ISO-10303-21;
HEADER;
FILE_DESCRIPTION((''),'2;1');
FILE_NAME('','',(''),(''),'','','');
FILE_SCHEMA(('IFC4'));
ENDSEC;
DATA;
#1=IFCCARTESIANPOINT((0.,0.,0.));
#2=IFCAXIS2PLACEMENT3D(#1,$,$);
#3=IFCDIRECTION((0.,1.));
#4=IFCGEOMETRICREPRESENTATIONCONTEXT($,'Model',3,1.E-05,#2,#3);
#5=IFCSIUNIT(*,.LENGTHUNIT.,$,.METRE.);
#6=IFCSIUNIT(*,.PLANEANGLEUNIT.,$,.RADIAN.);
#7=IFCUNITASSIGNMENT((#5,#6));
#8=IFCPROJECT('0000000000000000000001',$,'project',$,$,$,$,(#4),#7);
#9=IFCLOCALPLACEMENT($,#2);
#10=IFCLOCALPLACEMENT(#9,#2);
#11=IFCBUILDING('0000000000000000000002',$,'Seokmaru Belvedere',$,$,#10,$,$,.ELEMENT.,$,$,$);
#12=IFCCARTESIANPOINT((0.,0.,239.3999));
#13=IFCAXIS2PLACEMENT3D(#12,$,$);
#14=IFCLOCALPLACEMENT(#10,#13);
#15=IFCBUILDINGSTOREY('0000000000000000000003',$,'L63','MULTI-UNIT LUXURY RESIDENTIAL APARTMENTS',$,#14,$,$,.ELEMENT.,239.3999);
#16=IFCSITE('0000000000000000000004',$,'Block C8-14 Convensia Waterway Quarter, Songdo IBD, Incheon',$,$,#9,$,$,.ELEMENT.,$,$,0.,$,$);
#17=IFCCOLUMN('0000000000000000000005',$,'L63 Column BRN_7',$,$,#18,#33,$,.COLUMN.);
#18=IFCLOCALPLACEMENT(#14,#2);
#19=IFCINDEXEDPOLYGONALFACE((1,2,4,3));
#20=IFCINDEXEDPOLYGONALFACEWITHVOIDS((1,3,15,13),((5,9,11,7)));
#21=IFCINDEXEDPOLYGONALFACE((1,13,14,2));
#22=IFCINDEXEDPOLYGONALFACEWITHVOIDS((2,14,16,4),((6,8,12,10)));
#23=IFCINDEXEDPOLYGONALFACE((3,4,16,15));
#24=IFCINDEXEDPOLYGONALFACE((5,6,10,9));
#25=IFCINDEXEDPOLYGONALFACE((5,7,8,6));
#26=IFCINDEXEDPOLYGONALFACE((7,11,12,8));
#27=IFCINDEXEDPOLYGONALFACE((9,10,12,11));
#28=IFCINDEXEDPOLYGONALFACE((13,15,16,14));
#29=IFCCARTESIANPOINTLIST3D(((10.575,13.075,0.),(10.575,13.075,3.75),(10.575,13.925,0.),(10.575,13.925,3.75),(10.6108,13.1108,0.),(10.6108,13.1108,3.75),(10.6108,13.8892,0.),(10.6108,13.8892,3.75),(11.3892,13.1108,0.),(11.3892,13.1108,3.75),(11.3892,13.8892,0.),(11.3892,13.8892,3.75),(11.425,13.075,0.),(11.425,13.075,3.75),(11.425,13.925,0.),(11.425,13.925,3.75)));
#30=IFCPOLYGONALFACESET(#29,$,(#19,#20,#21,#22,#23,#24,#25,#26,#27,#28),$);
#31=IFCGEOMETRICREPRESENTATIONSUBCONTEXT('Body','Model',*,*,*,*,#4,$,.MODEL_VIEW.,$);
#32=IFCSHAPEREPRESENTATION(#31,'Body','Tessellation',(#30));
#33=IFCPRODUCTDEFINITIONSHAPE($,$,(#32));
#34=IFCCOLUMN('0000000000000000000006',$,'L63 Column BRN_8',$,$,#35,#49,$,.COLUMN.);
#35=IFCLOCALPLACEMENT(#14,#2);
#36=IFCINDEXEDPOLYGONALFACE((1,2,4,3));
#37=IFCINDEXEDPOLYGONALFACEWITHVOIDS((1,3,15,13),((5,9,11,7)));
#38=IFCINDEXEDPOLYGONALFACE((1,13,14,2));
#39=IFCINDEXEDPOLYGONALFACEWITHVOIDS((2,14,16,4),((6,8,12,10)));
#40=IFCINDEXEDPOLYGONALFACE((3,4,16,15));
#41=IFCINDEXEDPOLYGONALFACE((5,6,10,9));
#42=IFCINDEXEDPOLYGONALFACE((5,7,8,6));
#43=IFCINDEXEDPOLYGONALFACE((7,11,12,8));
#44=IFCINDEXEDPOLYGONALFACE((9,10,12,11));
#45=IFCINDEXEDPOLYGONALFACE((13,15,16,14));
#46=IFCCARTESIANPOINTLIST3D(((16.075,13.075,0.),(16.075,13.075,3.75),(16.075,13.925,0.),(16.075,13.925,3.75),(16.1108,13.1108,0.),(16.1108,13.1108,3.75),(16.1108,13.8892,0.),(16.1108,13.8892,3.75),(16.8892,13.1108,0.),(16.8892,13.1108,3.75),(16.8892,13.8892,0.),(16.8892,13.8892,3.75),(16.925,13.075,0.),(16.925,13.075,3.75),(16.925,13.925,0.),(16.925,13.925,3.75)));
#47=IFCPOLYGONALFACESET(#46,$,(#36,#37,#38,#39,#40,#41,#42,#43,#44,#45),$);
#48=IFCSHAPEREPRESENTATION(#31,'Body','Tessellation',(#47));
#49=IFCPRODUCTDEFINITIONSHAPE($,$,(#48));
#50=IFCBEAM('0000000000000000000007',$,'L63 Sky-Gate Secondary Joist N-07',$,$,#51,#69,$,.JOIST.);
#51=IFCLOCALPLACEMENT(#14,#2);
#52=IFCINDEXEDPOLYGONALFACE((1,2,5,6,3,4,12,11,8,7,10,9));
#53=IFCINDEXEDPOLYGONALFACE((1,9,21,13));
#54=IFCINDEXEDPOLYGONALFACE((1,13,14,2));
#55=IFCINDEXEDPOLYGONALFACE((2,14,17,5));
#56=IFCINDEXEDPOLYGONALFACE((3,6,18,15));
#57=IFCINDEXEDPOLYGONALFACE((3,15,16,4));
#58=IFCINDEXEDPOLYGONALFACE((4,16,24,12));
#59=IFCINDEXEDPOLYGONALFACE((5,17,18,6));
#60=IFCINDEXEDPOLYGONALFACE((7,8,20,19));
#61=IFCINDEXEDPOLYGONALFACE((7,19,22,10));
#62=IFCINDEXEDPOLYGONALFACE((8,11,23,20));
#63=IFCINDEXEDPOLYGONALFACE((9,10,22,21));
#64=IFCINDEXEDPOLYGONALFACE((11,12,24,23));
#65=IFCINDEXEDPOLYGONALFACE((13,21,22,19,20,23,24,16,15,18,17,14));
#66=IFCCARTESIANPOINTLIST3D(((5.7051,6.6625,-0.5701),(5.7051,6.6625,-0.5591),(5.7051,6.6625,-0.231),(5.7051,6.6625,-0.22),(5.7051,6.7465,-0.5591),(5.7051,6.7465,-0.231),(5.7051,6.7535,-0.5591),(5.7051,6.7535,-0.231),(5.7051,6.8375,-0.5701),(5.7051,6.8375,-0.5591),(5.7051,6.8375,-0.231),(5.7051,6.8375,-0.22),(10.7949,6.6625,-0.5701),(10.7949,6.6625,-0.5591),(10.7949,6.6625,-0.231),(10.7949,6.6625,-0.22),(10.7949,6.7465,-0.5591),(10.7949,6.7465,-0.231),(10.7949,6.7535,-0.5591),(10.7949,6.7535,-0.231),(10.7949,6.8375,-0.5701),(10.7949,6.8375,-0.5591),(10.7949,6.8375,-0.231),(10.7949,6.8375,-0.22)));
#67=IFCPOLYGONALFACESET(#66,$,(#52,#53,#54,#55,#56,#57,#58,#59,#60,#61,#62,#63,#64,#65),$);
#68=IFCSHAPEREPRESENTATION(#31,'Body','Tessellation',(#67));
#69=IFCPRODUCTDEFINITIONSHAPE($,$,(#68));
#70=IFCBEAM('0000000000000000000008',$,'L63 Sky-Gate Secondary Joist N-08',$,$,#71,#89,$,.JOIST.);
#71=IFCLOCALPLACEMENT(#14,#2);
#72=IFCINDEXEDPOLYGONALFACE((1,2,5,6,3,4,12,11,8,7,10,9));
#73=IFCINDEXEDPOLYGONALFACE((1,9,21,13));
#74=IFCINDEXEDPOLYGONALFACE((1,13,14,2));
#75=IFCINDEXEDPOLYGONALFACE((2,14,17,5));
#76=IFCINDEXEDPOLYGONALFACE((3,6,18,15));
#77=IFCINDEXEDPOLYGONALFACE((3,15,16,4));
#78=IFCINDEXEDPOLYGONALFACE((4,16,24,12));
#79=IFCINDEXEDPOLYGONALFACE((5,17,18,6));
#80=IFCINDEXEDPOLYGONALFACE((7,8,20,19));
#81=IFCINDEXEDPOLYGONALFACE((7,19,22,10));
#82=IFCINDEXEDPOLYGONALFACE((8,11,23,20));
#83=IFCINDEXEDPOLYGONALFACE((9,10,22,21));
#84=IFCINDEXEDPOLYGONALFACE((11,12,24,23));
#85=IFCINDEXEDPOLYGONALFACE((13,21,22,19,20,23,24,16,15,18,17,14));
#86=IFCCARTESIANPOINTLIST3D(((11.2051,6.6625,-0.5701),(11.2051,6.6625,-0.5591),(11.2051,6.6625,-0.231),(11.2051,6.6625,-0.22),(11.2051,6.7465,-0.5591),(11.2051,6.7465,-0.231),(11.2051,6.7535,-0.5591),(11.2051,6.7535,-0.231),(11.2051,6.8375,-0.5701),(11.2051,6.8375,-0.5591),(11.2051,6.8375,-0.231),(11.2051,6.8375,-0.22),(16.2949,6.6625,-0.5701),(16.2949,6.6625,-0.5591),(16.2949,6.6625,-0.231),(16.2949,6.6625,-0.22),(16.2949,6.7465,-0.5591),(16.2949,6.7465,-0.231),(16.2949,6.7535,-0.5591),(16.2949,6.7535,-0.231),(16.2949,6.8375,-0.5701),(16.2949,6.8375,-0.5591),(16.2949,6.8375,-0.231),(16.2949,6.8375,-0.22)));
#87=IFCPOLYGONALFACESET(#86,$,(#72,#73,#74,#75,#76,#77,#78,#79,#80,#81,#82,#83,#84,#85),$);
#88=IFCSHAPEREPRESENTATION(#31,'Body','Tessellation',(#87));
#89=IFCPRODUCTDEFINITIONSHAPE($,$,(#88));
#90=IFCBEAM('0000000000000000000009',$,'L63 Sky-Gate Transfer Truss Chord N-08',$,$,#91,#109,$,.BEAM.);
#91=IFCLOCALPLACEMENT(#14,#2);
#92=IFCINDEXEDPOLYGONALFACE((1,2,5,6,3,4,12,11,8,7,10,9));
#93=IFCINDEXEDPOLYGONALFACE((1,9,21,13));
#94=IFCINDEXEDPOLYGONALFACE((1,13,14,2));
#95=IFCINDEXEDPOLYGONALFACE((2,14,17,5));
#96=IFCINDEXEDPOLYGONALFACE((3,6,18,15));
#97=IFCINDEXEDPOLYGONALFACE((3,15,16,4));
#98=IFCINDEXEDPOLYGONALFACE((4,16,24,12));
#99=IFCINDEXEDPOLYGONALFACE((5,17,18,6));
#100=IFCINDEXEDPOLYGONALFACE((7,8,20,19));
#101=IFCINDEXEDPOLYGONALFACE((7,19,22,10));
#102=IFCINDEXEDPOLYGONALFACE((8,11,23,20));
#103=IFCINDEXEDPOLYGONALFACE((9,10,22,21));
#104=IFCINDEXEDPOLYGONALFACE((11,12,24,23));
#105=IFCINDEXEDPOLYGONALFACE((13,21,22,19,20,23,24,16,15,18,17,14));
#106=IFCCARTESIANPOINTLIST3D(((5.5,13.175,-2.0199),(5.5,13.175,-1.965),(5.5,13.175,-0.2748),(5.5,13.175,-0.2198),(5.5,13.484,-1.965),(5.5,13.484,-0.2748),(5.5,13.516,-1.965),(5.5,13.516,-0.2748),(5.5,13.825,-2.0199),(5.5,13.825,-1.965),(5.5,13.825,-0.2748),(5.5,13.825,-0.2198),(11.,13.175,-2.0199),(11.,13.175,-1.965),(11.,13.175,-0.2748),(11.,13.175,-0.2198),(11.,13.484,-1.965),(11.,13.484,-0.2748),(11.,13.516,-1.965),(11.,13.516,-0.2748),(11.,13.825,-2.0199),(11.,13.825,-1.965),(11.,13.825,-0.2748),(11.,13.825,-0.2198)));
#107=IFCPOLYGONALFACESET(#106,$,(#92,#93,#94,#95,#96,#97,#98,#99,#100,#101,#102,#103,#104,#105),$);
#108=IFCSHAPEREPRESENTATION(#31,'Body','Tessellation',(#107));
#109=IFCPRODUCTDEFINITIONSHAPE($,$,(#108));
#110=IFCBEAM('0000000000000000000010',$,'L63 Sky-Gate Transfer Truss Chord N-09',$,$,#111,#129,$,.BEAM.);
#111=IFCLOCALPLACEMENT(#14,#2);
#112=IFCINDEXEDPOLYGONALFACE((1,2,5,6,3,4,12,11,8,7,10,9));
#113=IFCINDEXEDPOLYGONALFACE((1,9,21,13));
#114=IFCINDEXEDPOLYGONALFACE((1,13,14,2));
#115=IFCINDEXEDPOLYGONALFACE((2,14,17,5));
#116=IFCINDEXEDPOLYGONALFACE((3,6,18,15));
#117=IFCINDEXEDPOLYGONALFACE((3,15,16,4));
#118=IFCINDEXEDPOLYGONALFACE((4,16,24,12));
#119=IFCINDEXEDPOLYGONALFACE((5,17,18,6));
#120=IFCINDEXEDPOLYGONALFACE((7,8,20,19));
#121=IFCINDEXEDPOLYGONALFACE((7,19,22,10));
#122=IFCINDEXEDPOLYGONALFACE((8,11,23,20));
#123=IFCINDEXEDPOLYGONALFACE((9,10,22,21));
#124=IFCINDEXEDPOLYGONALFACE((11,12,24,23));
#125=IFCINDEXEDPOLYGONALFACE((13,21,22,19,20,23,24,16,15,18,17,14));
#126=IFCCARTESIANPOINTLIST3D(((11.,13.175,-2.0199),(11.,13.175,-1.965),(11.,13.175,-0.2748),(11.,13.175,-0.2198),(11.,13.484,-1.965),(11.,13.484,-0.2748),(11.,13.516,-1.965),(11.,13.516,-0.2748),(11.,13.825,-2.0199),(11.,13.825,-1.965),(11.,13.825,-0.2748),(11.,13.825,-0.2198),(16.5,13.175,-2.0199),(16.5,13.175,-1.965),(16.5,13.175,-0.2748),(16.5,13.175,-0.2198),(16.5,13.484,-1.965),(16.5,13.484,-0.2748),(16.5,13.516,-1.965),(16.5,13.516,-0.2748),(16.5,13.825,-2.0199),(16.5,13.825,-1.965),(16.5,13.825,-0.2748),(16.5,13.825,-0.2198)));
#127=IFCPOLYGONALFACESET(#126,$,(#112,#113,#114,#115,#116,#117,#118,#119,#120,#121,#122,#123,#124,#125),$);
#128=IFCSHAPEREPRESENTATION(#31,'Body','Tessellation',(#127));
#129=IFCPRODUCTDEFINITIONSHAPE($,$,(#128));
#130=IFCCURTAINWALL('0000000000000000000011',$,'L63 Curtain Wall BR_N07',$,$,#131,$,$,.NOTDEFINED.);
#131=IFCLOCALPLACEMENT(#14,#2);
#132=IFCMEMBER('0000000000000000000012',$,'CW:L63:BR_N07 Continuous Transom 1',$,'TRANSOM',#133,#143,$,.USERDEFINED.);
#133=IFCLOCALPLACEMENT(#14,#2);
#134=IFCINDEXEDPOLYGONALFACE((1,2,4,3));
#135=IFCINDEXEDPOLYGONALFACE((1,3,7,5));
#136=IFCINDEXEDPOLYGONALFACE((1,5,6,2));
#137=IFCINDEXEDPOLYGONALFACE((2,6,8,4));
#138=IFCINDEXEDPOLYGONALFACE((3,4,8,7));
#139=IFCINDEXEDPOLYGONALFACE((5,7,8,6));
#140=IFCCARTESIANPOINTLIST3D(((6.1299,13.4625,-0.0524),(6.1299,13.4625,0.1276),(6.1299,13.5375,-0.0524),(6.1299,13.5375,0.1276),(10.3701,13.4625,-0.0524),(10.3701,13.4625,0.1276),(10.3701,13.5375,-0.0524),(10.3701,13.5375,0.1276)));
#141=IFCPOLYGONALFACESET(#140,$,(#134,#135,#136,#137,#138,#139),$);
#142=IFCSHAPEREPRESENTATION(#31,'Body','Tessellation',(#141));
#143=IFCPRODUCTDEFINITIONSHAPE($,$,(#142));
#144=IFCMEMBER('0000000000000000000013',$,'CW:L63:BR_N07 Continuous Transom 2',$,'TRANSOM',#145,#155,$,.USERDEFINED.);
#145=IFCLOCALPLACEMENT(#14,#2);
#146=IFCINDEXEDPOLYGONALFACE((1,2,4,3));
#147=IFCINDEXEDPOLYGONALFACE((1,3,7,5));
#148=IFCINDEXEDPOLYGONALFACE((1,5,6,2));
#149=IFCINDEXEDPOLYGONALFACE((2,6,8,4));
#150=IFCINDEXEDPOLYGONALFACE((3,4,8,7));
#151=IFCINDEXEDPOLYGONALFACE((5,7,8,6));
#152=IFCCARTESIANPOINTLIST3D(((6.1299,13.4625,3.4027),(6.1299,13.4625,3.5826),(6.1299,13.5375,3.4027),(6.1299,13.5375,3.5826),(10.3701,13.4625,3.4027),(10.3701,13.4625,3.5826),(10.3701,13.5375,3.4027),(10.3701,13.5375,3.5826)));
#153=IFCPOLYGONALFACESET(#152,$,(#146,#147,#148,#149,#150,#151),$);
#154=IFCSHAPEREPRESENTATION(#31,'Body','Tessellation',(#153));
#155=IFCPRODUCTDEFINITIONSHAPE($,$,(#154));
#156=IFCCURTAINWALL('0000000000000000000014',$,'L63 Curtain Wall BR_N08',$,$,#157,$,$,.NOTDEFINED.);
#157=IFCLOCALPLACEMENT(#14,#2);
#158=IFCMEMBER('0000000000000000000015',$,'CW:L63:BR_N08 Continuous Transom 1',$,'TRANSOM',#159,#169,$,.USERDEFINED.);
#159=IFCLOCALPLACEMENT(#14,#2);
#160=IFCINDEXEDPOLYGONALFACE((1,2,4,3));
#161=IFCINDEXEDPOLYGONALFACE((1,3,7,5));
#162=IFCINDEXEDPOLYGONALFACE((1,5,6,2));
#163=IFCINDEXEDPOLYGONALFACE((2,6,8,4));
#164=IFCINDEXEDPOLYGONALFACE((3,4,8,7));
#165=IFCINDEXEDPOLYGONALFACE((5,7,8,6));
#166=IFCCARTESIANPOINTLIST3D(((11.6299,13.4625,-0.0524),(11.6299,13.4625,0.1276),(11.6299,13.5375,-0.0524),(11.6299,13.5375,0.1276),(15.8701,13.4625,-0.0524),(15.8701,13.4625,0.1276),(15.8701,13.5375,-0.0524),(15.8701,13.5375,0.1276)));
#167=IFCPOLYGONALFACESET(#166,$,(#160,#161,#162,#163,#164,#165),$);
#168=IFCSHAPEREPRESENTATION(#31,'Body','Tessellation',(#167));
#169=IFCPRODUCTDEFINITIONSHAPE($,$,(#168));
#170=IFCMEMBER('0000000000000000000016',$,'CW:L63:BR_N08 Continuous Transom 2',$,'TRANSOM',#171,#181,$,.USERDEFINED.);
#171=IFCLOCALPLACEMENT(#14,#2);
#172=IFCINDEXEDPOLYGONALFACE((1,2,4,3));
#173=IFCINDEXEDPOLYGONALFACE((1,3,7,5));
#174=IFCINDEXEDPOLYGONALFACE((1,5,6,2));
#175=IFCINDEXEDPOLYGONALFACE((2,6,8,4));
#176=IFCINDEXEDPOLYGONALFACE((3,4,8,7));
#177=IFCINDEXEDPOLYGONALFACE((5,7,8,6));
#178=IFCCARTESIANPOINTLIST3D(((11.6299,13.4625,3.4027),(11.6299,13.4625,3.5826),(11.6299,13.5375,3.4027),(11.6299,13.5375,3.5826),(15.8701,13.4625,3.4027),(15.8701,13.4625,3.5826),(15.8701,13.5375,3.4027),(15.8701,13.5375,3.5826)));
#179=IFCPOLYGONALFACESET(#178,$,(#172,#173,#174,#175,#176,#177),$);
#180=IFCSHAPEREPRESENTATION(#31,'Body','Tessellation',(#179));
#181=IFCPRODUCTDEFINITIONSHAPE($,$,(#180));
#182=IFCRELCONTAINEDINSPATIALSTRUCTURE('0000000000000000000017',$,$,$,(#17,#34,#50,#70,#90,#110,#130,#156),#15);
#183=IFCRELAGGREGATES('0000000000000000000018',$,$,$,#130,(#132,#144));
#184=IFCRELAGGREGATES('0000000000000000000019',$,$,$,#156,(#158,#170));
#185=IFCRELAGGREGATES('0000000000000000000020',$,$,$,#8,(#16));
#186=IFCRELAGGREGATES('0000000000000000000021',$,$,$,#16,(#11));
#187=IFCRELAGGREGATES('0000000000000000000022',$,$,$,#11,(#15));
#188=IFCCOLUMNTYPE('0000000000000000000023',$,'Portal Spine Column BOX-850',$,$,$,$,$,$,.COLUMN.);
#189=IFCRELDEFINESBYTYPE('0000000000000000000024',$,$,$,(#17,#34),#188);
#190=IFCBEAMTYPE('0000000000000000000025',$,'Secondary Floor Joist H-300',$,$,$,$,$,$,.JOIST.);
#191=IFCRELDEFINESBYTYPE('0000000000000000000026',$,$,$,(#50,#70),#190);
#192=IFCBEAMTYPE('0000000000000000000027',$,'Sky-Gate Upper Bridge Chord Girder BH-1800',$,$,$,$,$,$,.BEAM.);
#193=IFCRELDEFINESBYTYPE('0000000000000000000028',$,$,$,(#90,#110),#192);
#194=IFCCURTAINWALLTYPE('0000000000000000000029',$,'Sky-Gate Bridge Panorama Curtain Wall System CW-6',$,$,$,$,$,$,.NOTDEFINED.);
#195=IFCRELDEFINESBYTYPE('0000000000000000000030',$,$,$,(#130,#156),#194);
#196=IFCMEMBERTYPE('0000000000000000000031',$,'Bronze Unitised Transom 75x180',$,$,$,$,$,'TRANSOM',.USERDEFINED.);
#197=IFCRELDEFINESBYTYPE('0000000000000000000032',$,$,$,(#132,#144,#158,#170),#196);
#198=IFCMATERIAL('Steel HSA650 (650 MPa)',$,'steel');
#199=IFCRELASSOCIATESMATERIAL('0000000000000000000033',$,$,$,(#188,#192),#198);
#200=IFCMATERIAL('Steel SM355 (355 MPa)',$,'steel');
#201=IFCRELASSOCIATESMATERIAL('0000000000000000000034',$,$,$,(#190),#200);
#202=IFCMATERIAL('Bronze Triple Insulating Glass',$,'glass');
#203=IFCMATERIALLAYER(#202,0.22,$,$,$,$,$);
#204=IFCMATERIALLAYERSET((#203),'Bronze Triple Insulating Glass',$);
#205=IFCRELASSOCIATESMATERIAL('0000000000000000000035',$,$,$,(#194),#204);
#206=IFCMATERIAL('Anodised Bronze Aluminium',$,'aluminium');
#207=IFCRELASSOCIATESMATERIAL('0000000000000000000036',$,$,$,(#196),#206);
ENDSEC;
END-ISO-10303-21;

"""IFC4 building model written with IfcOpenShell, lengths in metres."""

from ifc_helpers import new_model, si_unit, direction, frame, origin, origin_2d, place, context, subcontext, project, spatial, rectangle, hollow_rectangle, i_section, extrude, source, transform, mapped, material, layer, layer_set, material_profile, profile_set, type_object, type_shapes, element, aggregate, save


model = new_model("IFC4")

# Units and contexts
model_context = context("Model", 3, precision=1e-05, world=origin(), true_north=direction((0.0, 1.0)))
body_context = subcontext(model_context, "Body", "Model", "MODEL_VIEW")
ifc_project = project(units=[si_unit("LENGTHUNIT", "METRE"), si_unit("PLANEANGLEUNIT", "RADIAN")], contexts=[model_context])

# Site, building, storey
site_placement = place(None, origin())
site = spatial("IfcSite", under=ifc_project, at=site_placement, Name="Block C8-14 Convensia Waterway Quarter, Songdo IBD, Incheon", CompositionType="ELEMENT", RefElevation=0.0)
building_placement = place(site_placement, origin())
building = spatial("IfcBuilding", under=site, at=building_placement, Name="Seokmaru Belvedere", CompositionType="ELEMENT")
storey_placement = place(building_placement, frame((0.0, 0.0, 239.3999)))
storey = spatial("IfcBuildingStorey", under=building, at=storey_placement, Name="L63", Description="MULTI-UNIT LUXURY RESIDENTIAL APARTMENTS", CompositionType="ELEMENT", Elevation=239.3999)

# Columns
ifc_material_1 = material(Name="Steel HSA650 (650 MPa)", Category="steel")
ifc_material_profile_1 = material_profile(ifc_material_1, hollow_rectangle(XDim=0.8501, YDim=0.8501, WallThickness=0.0359, at=origin_2d()), Name="BOX-850x850x36")
ifc_profile_set_1 = profile_set([ifc_material_profile_1], Name="Steel HSA650 (650 MPa)")
column_type = type_object("IfcColumnType", Name="Portal Spine Column BOX-850", PredefinedType="COLUMN", material=ifc_profile_set_1)
shared_shape_1 = source(origin(), body_context, "Body", "SweptSolid", [
    extrude(hollow_rectangle(XDim=0.8501, YDim=0.8501, WallThickness=0.0359, at=origin_2d()), origin(), (0.0, 0.0, 1.0), 3.75),
])
type_shapes(column_type, [shared_shape_1])
for number, where, z_axis, x_axis, name in (
    (1, (11.0, 13.5, 0.0), (0.0, 0.0, 1.0), (1.0, 0.0, 0.0), "L63 Column BRN_7"),
    (2, (16.5, 13.5, 0.0), (0.0, 0.0, 1.0), (1.0, 0.0, 0.0), "L63 Column BRN_8"),
):
    element("IfcColumn", number, at=place(storey_placement, frame(where, z_axis=z_axis, x_axis=x_axis)), inside=storey, type_object=column_type, Name=name, PredefinedType="COLUMN", context=body_context, shape_type="MappedRepresentation", body=[
        mapped(shared_shape_1, transform((0.0, 0.0, 0.0), scale=1.0)),
    ])

# Beams
ifc_material_2 = material(Name="Steel SM355 (355 MPa)", Category="steel")
ifc_material_profile_2 = material_profile(ifc_material_2, i_section(OverallWidth=0.175, OverallDepth=0.3501, WebThickness=0.0071, FlangeThickness=0.011, at=origin_2d()), Name="H-350x175x7x11")
ifc_profile_set_2 = profile_set([ifc_material_profile_2], Name="Steel SM355 (355 MPa)")
beam_type_1 = type_object("IfcBeamType", Name="Secondary Floor Joist H-300", PredefinedType="JOIST", material=ifc_profile_set_2)
shared_shape_2 = source(origin(), body_context, "Body", "SweptSolid", [
    extrude(i_section(OverallWidth=0.175, OverallDepth=0.3501, WebThickness=0.0071, FlangeThickness=0.011, at=origin_2d()), origin(), (0.0, 0.0, 1.0), 5.0898),
])
type_shapes(beam_type_1, [shared_shape_2])
for number, where, z_axis, x_axis, name in (
    (3, (5.7051, 6.75, -0.395), (1.0, 0.0, 0.0), (0.0, 1.0, 0.0), "L63 Sky-Gate Secondary Joist N-07"),
    (4, (11.2051, 6.75, -0.395), (1.0, 0.0, 0.0), (0.0, 1.0, 0.0), "L63 Sky-Gate Secondary Joist N-08"),
):
    element("IfcBeam", number, at=place(storey_placement, frame(where, z_axis=z_axis, x_axis=x_axis)), inside=storey, type_object=beam_type_1, Name=name, PredefinedType="JOIST", context=body_context, shape_type="MappedRepresentation", body=[
        mapped(shared_shape_2, transform((0.0, 0.0, 0.0), scale=1.0)),
    ])
ifc_material_profile_3 = material_profile(ifc_material_1, i_section(OverallWidth=0.6499, OverallDepth=1.8, WebThickness=0.032, FlangeThickness=0.0549, at=origin_2d()), Name="BH-1800x650x32x55")
ifc_profile_set_3 = profile_set([ifc_material_profile_3], Name="Steel HSA650 (650 MPa)")
beam_type_2 = type_object("IfcBeamType", Name="Sky-Gate Upper Bridge Chord Girder BH-1800", PredefinedType="BEAM", material=ifc_profile_set_3)
shared_shape_3 = source(origin(), body_context, "Body", "SweptSolid", [
    extrude(i_section(OverallWidth=0.6499, OverallDepth=1.8, WebThickness=0.032, FlangeThickness=0.0549, at=origin_2d()), origin(), (0.0, 0.0, 1.0), 5.5),
])
type_shapes(beam_type_2, [shared_shape_3])
for number, where, z_axis, x_axis, name in (
    (5, (5.5, 13.5, -1.1199), (1.0, 0.0, 0.0), (0.0, 1.0, 0.0), "L63 Sky-Gate Transfer Truss Chord N-08"),
    (6, (11.0, 13.5, -1.1199), (1.0, 0.0, 0.0), (0.0, 1.0, 0.0), "L63 Sky-Gate Transfer Truss Chord N-09"),
):
    element("IfcBeam", number, at=place(storey_placement, frame(where, z_axis=z_axis, x_axis=x_axis)), inside=storey, type_object=beam_type_2, Name=name, PredefinedType="BEAM", context=body_context, shape_type="MappedRepresentation", body=[
        mapped(shared_shape_3, transform((0.0, 0.0, 0.0), scale=1.0)),
    ])

# Curtain walls, members
ifc_material_3 = material(Name="Bronze Triple Insulating Glass", Category="glass")
ifc_layer_1 = layer(ifc_material_3, 0.22)
ifc_layer_set_1 = layer_set([ifc_layer_1], Name="Bronze Triple Insulating Glass")
curtain_wall_type = type_object("IfcCurtainWallType", Name="Sky-Gate Bridge Panorama Curtain Wall System CW-6", PredefinedType="NOTDEFINED", material=ifc_layer_set_1)
curtain_wall_1_placement = place(storey_placement, origin())
curtain_wall_1 = element("IfcCurtainWall", 7, at=curtain_wall_1_placement, inside=storey, type_object=curtain_wall_type, Name="L63 Curtain Wall BR_N07", PredefinedType="NOTDEFINED")
ifc_material_4 = material(Name="Anodised Bronze Aluminium", Category="aluminium")
ifc_material_profile_4 = material_profile(ifc_material_4, rectangle(XDim=0.075, YDim=0.1799, at=origin_2d()), Name="CW-T-75x180")
ifc_profile_set_4 = profile_set([ifc_material_profile_4], Name="Anodised Bronze Aluminium")
member_type_1 = type_object("IfcMemberType", Name="Bronze Unitised Transom 75x180", ElementType="TRANSOM", PredefinedType="USERDEFINED", material=ifc_profile_set_4)
shared_shape_4 = source(origin(), body_context, "Body", "SweptSolid", [
    extrude(rectangle(XDim=0.075, YDim=0.1799, at=origin_2d()), origin(), (0.0, 0.0, 1.0), 4.2402),
])
type_shapes(member_type_1, [shared_shape_4])
member_1_placement = place(storey_placement, frame((10.3701, 13.5, 0.0376), z_axis=(-1.0, 0.0, 0.0), x_axis=(0.0, -1.0, 0.0)))
member_1 = element("IfcMember", 8, at=member_1_placement, type_object=member_type_1, Name="CW:L63:BR_N07 Continuous Transom 1", ObjectType="TRANSOM", PredefinedType="USERDEFINED", context=body_context, shape_type="MappedRepresentation", body=[
    mapped(shared_shape_4, transform((0.0, 0.0, 0.0), scale=1.0)),
])
member_2_placement = place(storey_placement, frame((10.3701, 13.5, 3.4927), z_axis=(-1.0, 0.0, 0.0), x_axis=(0.0, -1.0, 0.0)))
member_2 = element("IfcMember", 9, at=member_2_placement, type_object=member_type_1, Name="CW:L63:BR_N07 Continuous Transom 2", ObjectType="TRANSOM", PredefinedType="USERDEFINED", context=body_context, shape_type="MappedRepresentation", body=[
    mapped(shared_shape_4, transform((0.0, 0.0, 0.0), scale=1.0)),
])
curtain_wall_2_placement = place(storey_placement, origin())
curtain_wall_2 = element("IfcCurtainWall", 10, at=curtain_wall_2_placement, inside=storey, type_object=curtain_wall_type, Name="L63 Curtain Wall BR_N08", PredefinedType="NOTDEFINED")
member_3_placement = place(storey_placement, frame((15.8701, 13.5, 0.0376), z_axis=(-1.0, 0.0, 0.0), x_axis=(0.0, -1.0, 0.0)))
member_3 = element("IfcMember", 11, at=member_3_placement, type_object=member_type_1, Name="CW:L63:BR_N08 Continuous Transom 1", ObjectType="TRANSOM", PredefinedType="USERDEFINED", context=body_context, shape_type="MappedRepresentation", body=[
    mapped(shared_shape_4, transform((0.0, 0.0, 0.0), scale=1.0)),
])
member_4_placement = place(storey_placement, frame((15.8701, 13.5, 3.4927), z_axis=(-1.0, 0.0, 0.0), x_axis=(0.0, -1.0, 0.0)))
member_4 = element("IfcMember", 12, at=member_4_placement, type_object=member_type_1, Name="CW:L63:BR_N08 Continuous Transom 2", ObjectType="TRANSOM", PredefinedType="USERDEFINED", context=body_context, shape_type="MappedRepresentation", body=[
    mapped(shared_shape_4, transform((0.0, 0.0, 0.0), scale=1.0)),
])

aggregate(curtain_wall_1, [member_1, member_2])
aggregate(curtain_wall_2, [member_3, member_4])

save(model, "model.ifc")
